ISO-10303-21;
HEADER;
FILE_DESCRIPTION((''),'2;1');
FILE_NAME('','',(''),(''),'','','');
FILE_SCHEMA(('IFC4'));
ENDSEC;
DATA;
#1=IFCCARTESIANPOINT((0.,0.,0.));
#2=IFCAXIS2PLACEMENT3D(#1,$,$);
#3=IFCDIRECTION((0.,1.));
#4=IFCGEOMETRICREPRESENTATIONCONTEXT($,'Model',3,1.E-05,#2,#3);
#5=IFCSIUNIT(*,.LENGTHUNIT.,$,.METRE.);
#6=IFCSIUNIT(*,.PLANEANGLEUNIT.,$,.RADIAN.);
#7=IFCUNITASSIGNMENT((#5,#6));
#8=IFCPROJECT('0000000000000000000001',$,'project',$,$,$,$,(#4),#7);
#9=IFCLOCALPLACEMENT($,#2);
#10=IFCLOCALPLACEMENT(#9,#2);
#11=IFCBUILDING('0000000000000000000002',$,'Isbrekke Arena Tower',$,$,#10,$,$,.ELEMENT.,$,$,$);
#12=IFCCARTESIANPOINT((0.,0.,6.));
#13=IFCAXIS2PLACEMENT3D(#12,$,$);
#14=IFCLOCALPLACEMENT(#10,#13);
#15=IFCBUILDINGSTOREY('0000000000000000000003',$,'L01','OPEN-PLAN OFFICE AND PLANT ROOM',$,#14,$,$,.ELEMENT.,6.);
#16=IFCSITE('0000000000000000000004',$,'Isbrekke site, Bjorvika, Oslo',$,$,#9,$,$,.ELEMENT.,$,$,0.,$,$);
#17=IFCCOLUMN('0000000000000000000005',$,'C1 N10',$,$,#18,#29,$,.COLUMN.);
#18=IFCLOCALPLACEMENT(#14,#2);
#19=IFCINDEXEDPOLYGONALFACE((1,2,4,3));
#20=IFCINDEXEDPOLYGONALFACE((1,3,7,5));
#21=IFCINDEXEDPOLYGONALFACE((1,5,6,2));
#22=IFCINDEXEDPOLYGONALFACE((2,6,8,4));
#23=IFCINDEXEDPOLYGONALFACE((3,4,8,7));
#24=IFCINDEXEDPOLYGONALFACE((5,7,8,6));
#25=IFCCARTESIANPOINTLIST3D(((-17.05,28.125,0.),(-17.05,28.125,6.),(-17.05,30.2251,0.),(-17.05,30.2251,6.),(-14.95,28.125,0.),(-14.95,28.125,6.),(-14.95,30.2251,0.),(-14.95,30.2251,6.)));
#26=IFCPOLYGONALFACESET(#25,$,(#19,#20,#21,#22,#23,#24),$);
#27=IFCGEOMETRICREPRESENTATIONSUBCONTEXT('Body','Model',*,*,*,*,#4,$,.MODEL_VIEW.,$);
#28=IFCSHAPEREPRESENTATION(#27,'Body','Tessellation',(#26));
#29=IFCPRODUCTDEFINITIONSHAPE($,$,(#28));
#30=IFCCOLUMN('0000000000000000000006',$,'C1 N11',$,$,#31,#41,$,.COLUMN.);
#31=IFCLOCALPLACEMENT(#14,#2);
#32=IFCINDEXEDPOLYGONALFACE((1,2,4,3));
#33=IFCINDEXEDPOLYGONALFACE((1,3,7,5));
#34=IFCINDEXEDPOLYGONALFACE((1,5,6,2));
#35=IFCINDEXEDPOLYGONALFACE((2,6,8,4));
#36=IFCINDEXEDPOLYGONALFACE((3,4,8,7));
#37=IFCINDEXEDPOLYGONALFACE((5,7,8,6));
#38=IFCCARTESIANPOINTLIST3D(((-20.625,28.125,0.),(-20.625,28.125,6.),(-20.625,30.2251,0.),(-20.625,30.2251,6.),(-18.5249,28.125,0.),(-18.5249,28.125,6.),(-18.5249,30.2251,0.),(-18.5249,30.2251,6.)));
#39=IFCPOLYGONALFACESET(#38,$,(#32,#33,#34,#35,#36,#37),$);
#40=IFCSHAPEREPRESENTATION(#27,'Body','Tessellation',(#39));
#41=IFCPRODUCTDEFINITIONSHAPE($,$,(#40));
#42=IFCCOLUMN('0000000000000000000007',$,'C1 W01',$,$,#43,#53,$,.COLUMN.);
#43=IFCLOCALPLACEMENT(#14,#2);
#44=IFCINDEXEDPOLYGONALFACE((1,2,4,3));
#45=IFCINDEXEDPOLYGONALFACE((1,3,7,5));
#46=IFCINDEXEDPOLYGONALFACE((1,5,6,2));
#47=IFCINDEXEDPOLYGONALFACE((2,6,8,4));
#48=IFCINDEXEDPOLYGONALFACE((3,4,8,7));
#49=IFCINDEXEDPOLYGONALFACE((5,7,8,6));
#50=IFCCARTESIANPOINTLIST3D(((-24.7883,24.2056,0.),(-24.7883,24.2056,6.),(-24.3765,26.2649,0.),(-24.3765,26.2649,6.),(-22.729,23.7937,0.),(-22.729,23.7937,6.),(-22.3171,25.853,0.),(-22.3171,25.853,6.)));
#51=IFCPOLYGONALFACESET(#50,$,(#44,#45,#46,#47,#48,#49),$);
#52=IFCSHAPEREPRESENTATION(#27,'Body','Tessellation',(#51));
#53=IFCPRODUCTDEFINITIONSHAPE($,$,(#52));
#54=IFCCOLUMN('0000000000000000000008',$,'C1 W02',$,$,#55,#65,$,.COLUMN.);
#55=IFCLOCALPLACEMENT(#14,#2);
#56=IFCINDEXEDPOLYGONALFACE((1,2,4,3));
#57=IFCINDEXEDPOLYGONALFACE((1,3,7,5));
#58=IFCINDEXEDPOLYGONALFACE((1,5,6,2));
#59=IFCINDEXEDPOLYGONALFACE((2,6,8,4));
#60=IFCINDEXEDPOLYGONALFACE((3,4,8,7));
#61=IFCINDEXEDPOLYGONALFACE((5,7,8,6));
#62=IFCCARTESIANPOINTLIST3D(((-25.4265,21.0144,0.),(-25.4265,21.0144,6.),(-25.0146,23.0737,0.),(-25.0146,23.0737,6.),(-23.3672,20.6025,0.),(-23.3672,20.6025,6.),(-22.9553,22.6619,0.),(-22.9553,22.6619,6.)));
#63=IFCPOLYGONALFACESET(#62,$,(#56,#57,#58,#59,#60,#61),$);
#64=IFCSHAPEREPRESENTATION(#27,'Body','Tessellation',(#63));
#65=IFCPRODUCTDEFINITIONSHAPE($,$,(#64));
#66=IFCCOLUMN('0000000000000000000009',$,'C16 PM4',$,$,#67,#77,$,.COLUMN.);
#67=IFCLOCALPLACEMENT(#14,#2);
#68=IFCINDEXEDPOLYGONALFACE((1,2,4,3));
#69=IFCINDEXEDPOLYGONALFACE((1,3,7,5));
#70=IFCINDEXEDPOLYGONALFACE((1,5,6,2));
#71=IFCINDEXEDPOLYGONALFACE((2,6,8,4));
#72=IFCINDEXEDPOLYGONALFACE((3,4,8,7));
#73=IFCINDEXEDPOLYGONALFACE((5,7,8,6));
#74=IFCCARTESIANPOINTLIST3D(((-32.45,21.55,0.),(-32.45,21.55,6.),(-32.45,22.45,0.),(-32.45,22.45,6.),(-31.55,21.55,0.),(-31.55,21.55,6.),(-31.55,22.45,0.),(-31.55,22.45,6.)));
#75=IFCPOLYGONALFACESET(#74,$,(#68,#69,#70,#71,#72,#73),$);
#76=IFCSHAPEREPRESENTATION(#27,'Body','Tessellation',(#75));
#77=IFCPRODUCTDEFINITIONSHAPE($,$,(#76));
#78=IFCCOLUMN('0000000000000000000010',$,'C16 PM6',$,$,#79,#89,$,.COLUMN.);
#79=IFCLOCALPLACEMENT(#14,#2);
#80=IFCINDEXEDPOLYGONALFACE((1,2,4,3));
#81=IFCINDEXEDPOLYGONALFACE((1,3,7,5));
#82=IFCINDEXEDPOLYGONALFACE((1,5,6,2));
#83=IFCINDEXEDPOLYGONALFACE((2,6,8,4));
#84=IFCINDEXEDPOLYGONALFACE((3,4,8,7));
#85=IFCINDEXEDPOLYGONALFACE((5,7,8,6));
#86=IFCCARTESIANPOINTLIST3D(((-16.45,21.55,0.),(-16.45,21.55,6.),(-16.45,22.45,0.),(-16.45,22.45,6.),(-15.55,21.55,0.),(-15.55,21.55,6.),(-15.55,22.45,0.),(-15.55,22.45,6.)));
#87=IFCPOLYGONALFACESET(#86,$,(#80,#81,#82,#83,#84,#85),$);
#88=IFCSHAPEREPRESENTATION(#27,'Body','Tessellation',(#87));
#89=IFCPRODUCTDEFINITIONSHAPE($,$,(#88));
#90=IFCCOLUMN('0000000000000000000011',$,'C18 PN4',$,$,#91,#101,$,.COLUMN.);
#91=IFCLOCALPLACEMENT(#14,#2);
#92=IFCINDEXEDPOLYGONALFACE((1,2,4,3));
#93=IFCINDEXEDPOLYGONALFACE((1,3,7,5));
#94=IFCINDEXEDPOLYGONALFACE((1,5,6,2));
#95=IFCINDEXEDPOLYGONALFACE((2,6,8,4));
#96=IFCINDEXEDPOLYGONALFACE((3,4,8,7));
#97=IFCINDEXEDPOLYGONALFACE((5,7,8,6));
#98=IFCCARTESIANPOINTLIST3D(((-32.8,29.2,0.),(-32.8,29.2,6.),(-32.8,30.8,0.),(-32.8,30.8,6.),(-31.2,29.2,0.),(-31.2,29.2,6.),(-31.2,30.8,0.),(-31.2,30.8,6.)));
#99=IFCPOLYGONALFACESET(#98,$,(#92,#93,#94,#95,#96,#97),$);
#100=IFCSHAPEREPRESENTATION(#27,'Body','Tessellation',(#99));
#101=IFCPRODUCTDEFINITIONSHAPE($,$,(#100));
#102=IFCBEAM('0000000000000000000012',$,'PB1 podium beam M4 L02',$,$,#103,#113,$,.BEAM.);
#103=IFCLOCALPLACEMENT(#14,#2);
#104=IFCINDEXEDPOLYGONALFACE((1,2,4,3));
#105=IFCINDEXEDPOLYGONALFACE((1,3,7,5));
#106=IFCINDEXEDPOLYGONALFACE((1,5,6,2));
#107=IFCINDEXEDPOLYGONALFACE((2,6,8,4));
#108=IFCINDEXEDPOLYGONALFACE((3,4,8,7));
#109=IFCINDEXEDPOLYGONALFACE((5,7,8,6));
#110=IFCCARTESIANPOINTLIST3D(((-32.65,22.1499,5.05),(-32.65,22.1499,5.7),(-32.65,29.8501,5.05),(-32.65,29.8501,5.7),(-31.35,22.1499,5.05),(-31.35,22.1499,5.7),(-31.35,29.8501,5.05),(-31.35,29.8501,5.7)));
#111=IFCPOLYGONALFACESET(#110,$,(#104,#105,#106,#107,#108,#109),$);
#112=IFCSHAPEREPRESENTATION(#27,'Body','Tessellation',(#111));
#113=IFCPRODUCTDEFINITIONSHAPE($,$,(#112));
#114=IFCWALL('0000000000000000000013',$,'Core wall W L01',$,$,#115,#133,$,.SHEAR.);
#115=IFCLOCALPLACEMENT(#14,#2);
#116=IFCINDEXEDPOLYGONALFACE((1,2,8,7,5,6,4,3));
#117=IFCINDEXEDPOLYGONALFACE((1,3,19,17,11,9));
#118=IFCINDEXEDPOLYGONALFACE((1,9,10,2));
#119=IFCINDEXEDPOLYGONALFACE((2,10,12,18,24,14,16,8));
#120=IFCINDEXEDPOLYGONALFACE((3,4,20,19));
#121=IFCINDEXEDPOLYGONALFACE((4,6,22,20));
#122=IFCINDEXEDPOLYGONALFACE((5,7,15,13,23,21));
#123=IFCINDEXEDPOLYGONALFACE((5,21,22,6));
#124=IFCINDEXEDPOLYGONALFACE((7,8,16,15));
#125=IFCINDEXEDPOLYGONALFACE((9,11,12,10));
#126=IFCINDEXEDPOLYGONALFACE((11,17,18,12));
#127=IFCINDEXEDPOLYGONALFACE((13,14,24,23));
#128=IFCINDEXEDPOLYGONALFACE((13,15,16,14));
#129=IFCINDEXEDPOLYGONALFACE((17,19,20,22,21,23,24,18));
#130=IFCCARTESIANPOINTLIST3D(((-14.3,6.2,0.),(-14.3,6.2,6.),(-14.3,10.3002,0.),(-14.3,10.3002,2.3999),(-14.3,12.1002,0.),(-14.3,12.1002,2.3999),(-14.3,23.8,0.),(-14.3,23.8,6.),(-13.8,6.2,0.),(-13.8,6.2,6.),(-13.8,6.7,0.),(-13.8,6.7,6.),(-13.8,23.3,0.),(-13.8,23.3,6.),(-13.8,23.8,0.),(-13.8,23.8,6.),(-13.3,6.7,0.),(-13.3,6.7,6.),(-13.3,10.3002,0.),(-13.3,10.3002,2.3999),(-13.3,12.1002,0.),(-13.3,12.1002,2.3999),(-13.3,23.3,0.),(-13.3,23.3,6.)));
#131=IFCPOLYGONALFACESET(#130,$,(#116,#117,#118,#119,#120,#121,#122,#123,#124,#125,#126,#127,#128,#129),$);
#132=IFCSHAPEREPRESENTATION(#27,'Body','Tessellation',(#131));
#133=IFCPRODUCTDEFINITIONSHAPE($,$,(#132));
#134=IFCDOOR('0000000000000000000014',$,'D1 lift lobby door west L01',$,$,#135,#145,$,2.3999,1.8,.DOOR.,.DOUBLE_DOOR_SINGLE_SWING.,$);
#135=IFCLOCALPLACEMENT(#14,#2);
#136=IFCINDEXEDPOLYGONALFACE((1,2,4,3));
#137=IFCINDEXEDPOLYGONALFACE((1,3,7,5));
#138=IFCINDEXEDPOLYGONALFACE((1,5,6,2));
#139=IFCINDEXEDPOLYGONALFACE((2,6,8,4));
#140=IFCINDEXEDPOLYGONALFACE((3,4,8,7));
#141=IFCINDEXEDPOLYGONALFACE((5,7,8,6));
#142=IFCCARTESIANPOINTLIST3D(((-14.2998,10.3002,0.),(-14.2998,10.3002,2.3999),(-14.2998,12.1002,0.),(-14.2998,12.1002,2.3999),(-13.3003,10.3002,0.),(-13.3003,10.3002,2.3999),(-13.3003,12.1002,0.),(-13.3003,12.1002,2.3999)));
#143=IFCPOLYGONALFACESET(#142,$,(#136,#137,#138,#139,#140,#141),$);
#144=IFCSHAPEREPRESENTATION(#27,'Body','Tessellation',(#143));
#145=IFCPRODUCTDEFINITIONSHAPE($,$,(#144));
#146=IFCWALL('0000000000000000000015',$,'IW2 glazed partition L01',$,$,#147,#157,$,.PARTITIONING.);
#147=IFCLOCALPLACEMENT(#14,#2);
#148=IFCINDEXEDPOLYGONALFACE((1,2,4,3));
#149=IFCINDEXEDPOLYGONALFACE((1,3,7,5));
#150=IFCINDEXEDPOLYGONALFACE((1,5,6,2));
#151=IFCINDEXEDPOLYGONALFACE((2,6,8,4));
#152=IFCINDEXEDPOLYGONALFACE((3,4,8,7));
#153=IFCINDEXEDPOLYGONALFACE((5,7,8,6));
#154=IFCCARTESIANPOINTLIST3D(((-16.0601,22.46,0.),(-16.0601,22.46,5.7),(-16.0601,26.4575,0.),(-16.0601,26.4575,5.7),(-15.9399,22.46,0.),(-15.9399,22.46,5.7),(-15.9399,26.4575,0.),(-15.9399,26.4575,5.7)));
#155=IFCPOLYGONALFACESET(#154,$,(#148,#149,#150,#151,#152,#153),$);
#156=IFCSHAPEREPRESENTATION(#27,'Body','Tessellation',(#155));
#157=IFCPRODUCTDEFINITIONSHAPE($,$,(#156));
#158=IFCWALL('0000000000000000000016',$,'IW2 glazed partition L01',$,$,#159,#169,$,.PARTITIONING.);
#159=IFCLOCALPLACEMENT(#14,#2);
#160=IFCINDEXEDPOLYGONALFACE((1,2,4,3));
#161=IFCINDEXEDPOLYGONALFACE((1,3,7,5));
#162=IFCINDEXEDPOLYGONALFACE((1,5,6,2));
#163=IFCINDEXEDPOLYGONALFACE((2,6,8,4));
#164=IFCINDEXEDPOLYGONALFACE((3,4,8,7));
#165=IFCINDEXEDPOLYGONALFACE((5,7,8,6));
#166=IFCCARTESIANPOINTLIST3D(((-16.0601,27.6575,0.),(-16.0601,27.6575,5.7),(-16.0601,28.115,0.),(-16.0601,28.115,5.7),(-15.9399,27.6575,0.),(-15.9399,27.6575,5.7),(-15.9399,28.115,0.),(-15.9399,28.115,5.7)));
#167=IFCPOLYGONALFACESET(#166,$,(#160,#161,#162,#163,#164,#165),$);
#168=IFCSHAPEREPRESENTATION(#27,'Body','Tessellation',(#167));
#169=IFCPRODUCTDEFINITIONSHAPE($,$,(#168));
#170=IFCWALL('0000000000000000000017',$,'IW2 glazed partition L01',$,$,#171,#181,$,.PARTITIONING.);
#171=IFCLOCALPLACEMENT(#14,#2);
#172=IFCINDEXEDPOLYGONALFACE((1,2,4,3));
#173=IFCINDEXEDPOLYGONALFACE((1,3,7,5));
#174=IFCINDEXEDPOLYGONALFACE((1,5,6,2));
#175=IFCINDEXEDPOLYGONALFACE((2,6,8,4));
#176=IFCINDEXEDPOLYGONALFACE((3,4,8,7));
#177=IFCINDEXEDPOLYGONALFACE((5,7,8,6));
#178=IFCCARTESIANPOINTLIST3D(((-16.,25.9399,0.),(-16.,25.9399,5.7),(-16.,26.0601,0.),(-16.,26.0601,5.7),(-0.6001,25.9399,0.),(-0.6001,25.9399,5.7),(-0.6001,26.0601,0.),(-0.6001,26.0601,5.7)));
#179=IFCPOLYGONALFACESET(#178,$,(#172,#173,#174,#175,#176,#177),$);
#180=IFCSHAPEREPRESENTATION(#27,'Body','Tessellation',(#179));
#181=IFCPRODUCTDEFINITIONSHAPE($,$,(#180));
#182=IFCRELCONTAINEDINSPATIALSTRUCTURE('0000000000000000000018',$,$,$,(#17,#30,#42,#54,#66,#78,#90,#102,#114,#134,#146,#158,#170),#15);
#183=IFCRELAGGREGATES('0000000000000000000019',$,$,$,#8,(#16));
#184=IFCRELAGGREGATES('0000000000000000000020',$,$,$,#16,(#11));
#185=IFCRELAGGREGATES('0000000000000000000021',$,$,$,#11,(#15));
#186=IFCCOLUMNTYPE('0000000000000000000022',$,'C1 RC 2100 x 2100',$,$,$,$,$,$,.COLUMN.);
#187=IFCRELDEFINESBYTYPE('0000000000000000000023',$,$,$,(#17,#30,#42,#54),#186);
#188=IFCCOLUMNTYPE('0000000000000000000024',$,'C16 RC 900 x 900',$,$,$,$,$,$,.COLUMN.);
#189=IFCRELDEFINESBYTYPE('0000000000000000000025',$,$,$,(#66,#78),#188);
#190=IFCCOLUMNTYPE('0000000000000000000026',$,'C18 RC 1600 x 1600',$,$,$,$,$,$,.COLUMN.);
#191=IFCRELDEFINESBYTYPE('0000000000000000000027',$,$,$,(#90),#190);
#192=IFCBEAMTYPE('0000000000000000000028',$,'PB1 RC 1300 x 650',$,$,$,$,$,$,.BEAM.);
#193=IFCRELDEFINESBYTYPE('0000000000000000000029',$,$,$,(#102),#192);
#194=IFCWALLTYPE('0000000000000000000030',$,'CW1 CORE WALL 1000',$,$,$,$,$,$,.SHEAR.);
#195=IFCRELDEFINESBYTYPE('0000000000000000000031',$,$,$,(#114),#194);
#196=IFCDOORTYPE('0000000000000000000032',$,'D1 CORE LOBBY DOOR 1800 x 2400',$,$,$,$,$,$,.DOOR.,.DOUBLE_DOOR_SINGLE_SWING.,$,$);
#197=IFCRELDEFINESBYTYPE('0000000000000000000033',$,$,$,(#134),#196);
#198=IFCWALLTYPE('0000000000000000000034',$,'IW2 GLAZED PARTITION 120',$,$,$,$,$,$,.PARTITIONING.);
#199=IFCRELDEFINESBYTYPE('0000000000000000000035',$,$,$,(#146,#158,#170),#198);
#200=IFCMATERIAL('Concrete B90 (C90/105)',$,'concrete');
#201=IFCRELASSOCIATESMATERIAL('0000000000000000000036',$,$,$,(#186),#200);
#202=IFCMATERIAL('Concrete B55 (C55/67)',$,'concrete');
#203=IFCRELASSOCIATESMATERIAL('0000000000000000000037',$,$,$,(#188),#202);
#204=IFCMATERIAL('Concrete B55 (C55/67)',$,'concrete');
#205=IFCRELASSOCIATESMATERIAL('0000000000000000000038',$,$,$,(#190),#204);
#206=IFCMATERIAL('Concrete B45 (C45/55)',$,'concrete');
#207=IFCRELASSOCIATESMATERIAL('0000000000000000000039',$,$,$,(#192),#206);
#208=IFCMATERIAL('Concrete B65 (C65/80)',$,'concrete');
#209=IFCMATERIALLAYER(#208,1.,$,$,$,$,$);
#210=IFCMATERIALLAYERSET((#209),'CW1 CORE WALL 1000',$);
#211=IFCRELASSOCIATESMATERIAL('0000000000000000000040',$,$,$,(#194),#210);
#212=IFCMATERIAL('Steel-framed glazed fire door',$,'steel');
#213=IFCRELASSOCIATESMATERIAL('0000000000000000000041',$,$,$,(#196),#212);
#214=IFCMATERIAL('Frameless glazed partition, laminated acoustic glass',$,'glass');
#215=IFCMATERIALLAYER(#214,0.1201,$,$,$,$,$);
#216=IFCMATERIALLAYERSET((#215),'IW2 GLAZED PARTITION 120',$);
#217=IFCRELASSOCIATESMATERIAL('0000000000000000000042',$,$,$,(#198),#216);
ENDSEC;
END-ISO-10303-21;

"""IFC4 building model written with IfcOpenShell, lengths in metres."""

from ifc_helpers import new_model, si_unit, direction, frame, frame_2d, origin, origin_2d, place, context, subcontext, project, spatial, polyline, rectangle, outline, extrude, material, layer, layer_set, material_profile, profile_set, type_object, element, fill, save


model = new_model("IFC4")

# Units and contexts
model_context = context("Model", 3, precision=1e-05, world=origin(), true_north=direction((0.0, 1.0)))
body_context = subcontext(model_context, "Body", "Model", "MODEL_VIEW")
ifc_project = project(units=[si_unit("LENGTHUNIT", "METRE"), si_unit("PLANEANGLEUNIT", "RADIAN")], contexts=[model_context])

# Site, building, storey
site_placement = place(None, origin())
site = spatial("IfcSite", under=ifc_project, at=site_placement, Name="Isbrekke site, Bjorvika, Oslo", CompositionType="ELEMENT", RefElevation=0.0)
building_placement = place(site_placement, origin())
building = spatial("IfcBuilding", under=site, at=building_placement, Name="Isbrekke Arena Tower", CompositionType="ELEMENT")
storey_placement = place(building_placement, frame((0.0, 0.0, 6.0)))
storey = spatial("IfcBuildingStorey", under=building, at=storey_placement, Name="L01", Description="OPEN-PLAN OFFICE AND PLANT ROOM", CompositionType="ELEMENT", Elevation=6.0)

# Columns
ifc_material_1 = material(Name="Concrete B90 (C90/105)", Category="concrete")
ifc_material_profile_1 = material_profile(ifc_material_1, rectangle(XDim=2.1001, YDim=2.1001, at=origin_2d()), Name="RC 2100x2100")
ifc_profile_set_1 = profile_set([ifc_material_profile_1], Name="Concrete B90 (C90/105)")
column_type_1 = type_object("IfcColumnType", Name="C1 RC 2100 x 2100", PredefinedType="COLUMN", material=ifc_profile_set_1)
for number, where, z_axis, x_axis, name in (
    (1, (-16.0, 29.175, 0.0), (0.0, 0.0, 1.0), (-1.0, 0.0, 0.0), "C1 N10"),
    (2, (-19.575, 29.175, 0.0), (0.0, 0.0, 1.0), (-1.0, 0.0, 0.0), "C1 N11"),
    (3, (-23.5527, 25.0293, 0.0), (0.0, 0.0, 1.0), (-0.196116, -0.980581, 0.0), "C1 W01"),
    (4, (-24.1909, 21.8381, 0.0), (0.0, 0.0, 1.0), (-0.196116, -0.980581, 0.0), "C1 W02"),
):
    element("IfcColumn", number, at=place(storey_placement, frame(where, z_axis=z_axis, x_axis=x_axis)), inside=storey, type_object=column_type_1, Name=name, PredefinedType="COLUMN", context=body_context, shape_type="SweptSolid", body=[
        extrude(rectangle(XDim=2.1001, YDim=2.1001, at=origin_2d()), origin(), (0.0, 0.0, 1.0), 6.0),
    ])
ifc_material_2 = material(Name="Concrete B55 (C55/67)", Category="concrete")
ifc_material_profile_2 = material_profile(ifc_material_2, rectangle(XDim=0.8999, YDim=0.8999, at=origin_2d()), Name="RC 900x900")
ifc_profile_set_2 = profile_set([ifc_material_profile_2], Name="Concrete B55 (C55/67)")
column_type_2 = type_object("IfcColumnType", Name="C16 RC 900 x 900", PredefinedType="COLUMN", material=ifc_profile_set_2)
for number, where, z_axis, x_axis, name in (
    (5, (-32.0, 22.0, 0.0), (0.0, 0.0, 1.0), (1.0, 0.0, 0.0), "C16 PM4"),
    (6, (-16.0, 22.0, 0.0), (0.0, 0.0, 1.0), (1.0, 0.0, 0.0), "C16 PM6"),
):
    element("IfcColumn", number, at=place(storey_placement, frame(where, z_axis=z_axis, x_axis=x_axis)), inside=storey, type_object=column_type_2, Name=name, PredefinedType="COLUMN", context=body_context, shape_type="SweptSolid", body=[
        extrude(rectangle(XDim=0.8999, YDim=0.8999, at=origin_2d()), origin(), (0.0, 0.0, 1.0), 6.0),
    ])
ifc_material_3 = material(Name="Concrete B55 (C55/67)", Category="concrete")
ifc_material_profile_3 = material_profile(ifc_material_3, rectangle(XDim=1.6001, YDim=1.6001, at=origin_2d()), Name="RC 1600x1600")
ifc_profile_set_3 = profile_set([ifc_material_profile_3], Name="Concrete B55 (C55/67)")
column_type_3 = type_object("IfcColumnType", Name="C18 RC 1600 x 1600", PredefinedType="COLUMN", material=ifc_profile_set_3)
column_placement = place(storey_placement, frame((-32.0, 30.0, 0.0), z_axis=(0.0, 0.0, 1.0), x_axis=(1.0, 0.0, 0.0)))
element("IfcColumn", 7, at=column_placement, inside=storey, type_object=column_type_3, Name="C18 PN4", PredefinedType="COLUMN", context=body_context, shape_type="SweptSolid", body=[
    extrude(rectangle(XDim=1.6001, YDim=1.6001, at=origin_2d()), origin(), (0.0, 0.0, 1.0), 6.0),
])

# Beam
ifc_material_4 = material(Name="Concrete B45 (C45/55)", Category="concrete")
ifc_material_profile_4 = material_profile(ifc_material_4, rectangle(XDim=1.3, YDim=0.6499, at=origin_2d()), Name="RC 1300x650")
ifc_profile_set_4 = profile_set([ifc_material_profile_4], Name="Concrete B45 (C45/55)")
beam_type = type_object("IfcBeamType", Name="PB1 RC 1300 x 650", PredefinedType="BEAM", material=ifc_profile_set_4)
beam_placement = place(storey_placement, frame((-32.0, 22.1499, 5.375), z_axis=(0.0, 1.0, 0.0), x_axis=(-1.0, 0.0, 0.0)))
element("IfcBeam", 8, at=beam_placement, inside=storey, type_object=beam_type, Name="PB1 podium beam M4 L02", PredefinedType="BEAM", context=body_context, shape_type="SweptSolid", body=[
    extrude(rectangle(XDim=1.3, YDim=0.6499, at=origin_2d()), origin(), (0.0, 0.0, 1.0), 7.7002),
])

# Wall, opening, door
ifc_material_5 = material(Name="Concrete B65 (C65/80)", Category="concrete")
ifc_layer_1 = layer(ifc_material_5, 1.0)
ifc_layer_set_1 = layer_set([ifc_layer_1], Name="CW1 CORE WALL 1000")
wall_type_1 = type_object("IfcWallType", Name="CW1 CORE WALL 1000", PredefinedType="SHEAR", material=ifc_layer_set_1)
wall_1_placement = place(storey_placement, frame((-13.8, 23.8, 0.0), z_axis=(0.0, 0.0, 1.0), x_axis=(0.0, -1.0, 0.0)))
wall_1 = element("IfcWall", 9, at=wall_1_placement, inside=storey, type_object=wall_type_1, Name="Core wall W L01", PredefinedType="SHEAR", context=body_context, shape_type="SweptSolid", body=[
    extrude(outline(polyline([(0.0, -0.5), (17.6001, -0.5), (17.6001, 0.0), (17.1001, 0.0), (17.1001, 0.5), (0.5, 0.5), (0.5, 0.0), (0.0, 0.0), (0.0, -0.5)])), origin(), (0.0, 0.0, 1.0), 6.0),
])
opening_placement = place(wall_1_placement, frame((11.7, 0.0, 0.0)))
opening = element("IfcOpeningElement", 10, at=opening_placement, cuts=wall_1, PredefinedType="OPENING", context=body_context, shape_type="SweptSolid", body=[
    extrude(rectangle(XDim=1.8, YDim=2.3999, at=frame_2d((0.8999, 1.2))), frame((0.0, 0.5149, 0.0), z_axis=(0.0, -1.0, 0.0), x_axis=(1.0, 0.0, 0.0)), (0.0, 0.0, 1.0), 1.0298),
])
ifc_material_6 = material(Name="Steel-framed glazed fire door", Category="steel")
door_type = type_object("IfcDoorType", Name="D1 CORE LOBBY DOOR 1800 x 2400", OperationType="DOUBLE_DOOR_SINGLE_SWING", PredefinedType="DOOR", material=ifc_material_6)
door_placement = place(opening_placement, origin())
door = element("IfcDoor", 11, at=door_placement, inside=storey, type_object=door_type, Name="D1 lift lobby door west L01", OperationType="DOUBLE_DOOR_SINGLE_SWING", OverallHeight=2.3999, OverallWidth=1.8, PredefinedType="DOOR", context=body_context, shape_type="SweptSolid", body=[
    extrude(rectangle(XDim=1.8, YDim=2.3999, at=frame_2d((0.8999, 1.2))), frame((0.0, 0.4998, 0.0), z_axis=(0.0, -1.0, 0.0), x_axis=(1.0, 0.0, 0.0)), (0.0, 0.0, 1.0), 0.9995),
])
fill(opening, door)

# Walls
ifc_material_7 = material(Name="Frameless glazed partition, laminated acoustic glass", Category="glass")
ifc_layer_2 = layer(ifc_material_7, 0.1201)
ifc_layer_set_2 = layer_set([ifc_layer_2], Name="IW2 GLAZED PARTITION 120")
wall_type_2 = type_object("IfcWallType", Name="IW2 GLAZED PARTITION 120", PredefinedType="PARTITIONING", material=ifc_layer_set_2)
wall_2_placement = place(storey_placement, frame((-16.0, 22.46, 0.0), z_axis=(0.0, 0.0, 1.0), x_axis=(0.0, 1.0, 0.0)))
element("IfcWall", 12, at=wall_2_placement, inside=storey, type_object=wall_type_2, Name="IW2 glazed partition L01", PredefinedType="PARTITIONING", context=body_context, shape_type="SweptSolid", body=[
    extrude(rectangle(XDim=3.9976, YDim=0.1201, at=frame_2d((1.9988, 0.0))), origin(), (0.0, 0.0, 1.0), 5.7),
])
wall_3_placement = place(storey_placement, frame((-16.0, 27.6575, 0.0), z_axis=(0.0, 0.0, 1.0), x_axis=(0.0, 1.0, 0.0)))
element("IfcWall", 13, at=wall_3_placement, inside=storey, type_object=wall_type_2, Name="IW2 glazed partition L01", PredefinedType="PARTITIONING", context=body_context, shape_type="SweptSolid", body=[
    extrude(rectangle(XDim=0.4575, YDim=0.1201, at=frame_2d((0.2288, 0.0))), origin(), (0.0, 0.0, 1.0), 5.7),
])
wall_4_placement = place(storey_placement, frame((-16.0, 26.0, 0.0), z_axis=(0.0, 0.0, 1.0), x_axis=(1.0, 0.0, 0.0)))
element("IfcWall", 14, at=wall_4_placement, inside=storey, type_object=wall_type_2, Name="IW2 glazed partition L01", PredefinedType="PARTITIONING", context=body_context, shape_type="SweptSolid", body=[
    extrude(rectangle(XDim=15.3999, YDim=0.1201, at=frame_2d((7.7, 0.0))), origin(), (0.0, 0.0, 1.0), 5.7),
])

save(model, "model.ifc")
